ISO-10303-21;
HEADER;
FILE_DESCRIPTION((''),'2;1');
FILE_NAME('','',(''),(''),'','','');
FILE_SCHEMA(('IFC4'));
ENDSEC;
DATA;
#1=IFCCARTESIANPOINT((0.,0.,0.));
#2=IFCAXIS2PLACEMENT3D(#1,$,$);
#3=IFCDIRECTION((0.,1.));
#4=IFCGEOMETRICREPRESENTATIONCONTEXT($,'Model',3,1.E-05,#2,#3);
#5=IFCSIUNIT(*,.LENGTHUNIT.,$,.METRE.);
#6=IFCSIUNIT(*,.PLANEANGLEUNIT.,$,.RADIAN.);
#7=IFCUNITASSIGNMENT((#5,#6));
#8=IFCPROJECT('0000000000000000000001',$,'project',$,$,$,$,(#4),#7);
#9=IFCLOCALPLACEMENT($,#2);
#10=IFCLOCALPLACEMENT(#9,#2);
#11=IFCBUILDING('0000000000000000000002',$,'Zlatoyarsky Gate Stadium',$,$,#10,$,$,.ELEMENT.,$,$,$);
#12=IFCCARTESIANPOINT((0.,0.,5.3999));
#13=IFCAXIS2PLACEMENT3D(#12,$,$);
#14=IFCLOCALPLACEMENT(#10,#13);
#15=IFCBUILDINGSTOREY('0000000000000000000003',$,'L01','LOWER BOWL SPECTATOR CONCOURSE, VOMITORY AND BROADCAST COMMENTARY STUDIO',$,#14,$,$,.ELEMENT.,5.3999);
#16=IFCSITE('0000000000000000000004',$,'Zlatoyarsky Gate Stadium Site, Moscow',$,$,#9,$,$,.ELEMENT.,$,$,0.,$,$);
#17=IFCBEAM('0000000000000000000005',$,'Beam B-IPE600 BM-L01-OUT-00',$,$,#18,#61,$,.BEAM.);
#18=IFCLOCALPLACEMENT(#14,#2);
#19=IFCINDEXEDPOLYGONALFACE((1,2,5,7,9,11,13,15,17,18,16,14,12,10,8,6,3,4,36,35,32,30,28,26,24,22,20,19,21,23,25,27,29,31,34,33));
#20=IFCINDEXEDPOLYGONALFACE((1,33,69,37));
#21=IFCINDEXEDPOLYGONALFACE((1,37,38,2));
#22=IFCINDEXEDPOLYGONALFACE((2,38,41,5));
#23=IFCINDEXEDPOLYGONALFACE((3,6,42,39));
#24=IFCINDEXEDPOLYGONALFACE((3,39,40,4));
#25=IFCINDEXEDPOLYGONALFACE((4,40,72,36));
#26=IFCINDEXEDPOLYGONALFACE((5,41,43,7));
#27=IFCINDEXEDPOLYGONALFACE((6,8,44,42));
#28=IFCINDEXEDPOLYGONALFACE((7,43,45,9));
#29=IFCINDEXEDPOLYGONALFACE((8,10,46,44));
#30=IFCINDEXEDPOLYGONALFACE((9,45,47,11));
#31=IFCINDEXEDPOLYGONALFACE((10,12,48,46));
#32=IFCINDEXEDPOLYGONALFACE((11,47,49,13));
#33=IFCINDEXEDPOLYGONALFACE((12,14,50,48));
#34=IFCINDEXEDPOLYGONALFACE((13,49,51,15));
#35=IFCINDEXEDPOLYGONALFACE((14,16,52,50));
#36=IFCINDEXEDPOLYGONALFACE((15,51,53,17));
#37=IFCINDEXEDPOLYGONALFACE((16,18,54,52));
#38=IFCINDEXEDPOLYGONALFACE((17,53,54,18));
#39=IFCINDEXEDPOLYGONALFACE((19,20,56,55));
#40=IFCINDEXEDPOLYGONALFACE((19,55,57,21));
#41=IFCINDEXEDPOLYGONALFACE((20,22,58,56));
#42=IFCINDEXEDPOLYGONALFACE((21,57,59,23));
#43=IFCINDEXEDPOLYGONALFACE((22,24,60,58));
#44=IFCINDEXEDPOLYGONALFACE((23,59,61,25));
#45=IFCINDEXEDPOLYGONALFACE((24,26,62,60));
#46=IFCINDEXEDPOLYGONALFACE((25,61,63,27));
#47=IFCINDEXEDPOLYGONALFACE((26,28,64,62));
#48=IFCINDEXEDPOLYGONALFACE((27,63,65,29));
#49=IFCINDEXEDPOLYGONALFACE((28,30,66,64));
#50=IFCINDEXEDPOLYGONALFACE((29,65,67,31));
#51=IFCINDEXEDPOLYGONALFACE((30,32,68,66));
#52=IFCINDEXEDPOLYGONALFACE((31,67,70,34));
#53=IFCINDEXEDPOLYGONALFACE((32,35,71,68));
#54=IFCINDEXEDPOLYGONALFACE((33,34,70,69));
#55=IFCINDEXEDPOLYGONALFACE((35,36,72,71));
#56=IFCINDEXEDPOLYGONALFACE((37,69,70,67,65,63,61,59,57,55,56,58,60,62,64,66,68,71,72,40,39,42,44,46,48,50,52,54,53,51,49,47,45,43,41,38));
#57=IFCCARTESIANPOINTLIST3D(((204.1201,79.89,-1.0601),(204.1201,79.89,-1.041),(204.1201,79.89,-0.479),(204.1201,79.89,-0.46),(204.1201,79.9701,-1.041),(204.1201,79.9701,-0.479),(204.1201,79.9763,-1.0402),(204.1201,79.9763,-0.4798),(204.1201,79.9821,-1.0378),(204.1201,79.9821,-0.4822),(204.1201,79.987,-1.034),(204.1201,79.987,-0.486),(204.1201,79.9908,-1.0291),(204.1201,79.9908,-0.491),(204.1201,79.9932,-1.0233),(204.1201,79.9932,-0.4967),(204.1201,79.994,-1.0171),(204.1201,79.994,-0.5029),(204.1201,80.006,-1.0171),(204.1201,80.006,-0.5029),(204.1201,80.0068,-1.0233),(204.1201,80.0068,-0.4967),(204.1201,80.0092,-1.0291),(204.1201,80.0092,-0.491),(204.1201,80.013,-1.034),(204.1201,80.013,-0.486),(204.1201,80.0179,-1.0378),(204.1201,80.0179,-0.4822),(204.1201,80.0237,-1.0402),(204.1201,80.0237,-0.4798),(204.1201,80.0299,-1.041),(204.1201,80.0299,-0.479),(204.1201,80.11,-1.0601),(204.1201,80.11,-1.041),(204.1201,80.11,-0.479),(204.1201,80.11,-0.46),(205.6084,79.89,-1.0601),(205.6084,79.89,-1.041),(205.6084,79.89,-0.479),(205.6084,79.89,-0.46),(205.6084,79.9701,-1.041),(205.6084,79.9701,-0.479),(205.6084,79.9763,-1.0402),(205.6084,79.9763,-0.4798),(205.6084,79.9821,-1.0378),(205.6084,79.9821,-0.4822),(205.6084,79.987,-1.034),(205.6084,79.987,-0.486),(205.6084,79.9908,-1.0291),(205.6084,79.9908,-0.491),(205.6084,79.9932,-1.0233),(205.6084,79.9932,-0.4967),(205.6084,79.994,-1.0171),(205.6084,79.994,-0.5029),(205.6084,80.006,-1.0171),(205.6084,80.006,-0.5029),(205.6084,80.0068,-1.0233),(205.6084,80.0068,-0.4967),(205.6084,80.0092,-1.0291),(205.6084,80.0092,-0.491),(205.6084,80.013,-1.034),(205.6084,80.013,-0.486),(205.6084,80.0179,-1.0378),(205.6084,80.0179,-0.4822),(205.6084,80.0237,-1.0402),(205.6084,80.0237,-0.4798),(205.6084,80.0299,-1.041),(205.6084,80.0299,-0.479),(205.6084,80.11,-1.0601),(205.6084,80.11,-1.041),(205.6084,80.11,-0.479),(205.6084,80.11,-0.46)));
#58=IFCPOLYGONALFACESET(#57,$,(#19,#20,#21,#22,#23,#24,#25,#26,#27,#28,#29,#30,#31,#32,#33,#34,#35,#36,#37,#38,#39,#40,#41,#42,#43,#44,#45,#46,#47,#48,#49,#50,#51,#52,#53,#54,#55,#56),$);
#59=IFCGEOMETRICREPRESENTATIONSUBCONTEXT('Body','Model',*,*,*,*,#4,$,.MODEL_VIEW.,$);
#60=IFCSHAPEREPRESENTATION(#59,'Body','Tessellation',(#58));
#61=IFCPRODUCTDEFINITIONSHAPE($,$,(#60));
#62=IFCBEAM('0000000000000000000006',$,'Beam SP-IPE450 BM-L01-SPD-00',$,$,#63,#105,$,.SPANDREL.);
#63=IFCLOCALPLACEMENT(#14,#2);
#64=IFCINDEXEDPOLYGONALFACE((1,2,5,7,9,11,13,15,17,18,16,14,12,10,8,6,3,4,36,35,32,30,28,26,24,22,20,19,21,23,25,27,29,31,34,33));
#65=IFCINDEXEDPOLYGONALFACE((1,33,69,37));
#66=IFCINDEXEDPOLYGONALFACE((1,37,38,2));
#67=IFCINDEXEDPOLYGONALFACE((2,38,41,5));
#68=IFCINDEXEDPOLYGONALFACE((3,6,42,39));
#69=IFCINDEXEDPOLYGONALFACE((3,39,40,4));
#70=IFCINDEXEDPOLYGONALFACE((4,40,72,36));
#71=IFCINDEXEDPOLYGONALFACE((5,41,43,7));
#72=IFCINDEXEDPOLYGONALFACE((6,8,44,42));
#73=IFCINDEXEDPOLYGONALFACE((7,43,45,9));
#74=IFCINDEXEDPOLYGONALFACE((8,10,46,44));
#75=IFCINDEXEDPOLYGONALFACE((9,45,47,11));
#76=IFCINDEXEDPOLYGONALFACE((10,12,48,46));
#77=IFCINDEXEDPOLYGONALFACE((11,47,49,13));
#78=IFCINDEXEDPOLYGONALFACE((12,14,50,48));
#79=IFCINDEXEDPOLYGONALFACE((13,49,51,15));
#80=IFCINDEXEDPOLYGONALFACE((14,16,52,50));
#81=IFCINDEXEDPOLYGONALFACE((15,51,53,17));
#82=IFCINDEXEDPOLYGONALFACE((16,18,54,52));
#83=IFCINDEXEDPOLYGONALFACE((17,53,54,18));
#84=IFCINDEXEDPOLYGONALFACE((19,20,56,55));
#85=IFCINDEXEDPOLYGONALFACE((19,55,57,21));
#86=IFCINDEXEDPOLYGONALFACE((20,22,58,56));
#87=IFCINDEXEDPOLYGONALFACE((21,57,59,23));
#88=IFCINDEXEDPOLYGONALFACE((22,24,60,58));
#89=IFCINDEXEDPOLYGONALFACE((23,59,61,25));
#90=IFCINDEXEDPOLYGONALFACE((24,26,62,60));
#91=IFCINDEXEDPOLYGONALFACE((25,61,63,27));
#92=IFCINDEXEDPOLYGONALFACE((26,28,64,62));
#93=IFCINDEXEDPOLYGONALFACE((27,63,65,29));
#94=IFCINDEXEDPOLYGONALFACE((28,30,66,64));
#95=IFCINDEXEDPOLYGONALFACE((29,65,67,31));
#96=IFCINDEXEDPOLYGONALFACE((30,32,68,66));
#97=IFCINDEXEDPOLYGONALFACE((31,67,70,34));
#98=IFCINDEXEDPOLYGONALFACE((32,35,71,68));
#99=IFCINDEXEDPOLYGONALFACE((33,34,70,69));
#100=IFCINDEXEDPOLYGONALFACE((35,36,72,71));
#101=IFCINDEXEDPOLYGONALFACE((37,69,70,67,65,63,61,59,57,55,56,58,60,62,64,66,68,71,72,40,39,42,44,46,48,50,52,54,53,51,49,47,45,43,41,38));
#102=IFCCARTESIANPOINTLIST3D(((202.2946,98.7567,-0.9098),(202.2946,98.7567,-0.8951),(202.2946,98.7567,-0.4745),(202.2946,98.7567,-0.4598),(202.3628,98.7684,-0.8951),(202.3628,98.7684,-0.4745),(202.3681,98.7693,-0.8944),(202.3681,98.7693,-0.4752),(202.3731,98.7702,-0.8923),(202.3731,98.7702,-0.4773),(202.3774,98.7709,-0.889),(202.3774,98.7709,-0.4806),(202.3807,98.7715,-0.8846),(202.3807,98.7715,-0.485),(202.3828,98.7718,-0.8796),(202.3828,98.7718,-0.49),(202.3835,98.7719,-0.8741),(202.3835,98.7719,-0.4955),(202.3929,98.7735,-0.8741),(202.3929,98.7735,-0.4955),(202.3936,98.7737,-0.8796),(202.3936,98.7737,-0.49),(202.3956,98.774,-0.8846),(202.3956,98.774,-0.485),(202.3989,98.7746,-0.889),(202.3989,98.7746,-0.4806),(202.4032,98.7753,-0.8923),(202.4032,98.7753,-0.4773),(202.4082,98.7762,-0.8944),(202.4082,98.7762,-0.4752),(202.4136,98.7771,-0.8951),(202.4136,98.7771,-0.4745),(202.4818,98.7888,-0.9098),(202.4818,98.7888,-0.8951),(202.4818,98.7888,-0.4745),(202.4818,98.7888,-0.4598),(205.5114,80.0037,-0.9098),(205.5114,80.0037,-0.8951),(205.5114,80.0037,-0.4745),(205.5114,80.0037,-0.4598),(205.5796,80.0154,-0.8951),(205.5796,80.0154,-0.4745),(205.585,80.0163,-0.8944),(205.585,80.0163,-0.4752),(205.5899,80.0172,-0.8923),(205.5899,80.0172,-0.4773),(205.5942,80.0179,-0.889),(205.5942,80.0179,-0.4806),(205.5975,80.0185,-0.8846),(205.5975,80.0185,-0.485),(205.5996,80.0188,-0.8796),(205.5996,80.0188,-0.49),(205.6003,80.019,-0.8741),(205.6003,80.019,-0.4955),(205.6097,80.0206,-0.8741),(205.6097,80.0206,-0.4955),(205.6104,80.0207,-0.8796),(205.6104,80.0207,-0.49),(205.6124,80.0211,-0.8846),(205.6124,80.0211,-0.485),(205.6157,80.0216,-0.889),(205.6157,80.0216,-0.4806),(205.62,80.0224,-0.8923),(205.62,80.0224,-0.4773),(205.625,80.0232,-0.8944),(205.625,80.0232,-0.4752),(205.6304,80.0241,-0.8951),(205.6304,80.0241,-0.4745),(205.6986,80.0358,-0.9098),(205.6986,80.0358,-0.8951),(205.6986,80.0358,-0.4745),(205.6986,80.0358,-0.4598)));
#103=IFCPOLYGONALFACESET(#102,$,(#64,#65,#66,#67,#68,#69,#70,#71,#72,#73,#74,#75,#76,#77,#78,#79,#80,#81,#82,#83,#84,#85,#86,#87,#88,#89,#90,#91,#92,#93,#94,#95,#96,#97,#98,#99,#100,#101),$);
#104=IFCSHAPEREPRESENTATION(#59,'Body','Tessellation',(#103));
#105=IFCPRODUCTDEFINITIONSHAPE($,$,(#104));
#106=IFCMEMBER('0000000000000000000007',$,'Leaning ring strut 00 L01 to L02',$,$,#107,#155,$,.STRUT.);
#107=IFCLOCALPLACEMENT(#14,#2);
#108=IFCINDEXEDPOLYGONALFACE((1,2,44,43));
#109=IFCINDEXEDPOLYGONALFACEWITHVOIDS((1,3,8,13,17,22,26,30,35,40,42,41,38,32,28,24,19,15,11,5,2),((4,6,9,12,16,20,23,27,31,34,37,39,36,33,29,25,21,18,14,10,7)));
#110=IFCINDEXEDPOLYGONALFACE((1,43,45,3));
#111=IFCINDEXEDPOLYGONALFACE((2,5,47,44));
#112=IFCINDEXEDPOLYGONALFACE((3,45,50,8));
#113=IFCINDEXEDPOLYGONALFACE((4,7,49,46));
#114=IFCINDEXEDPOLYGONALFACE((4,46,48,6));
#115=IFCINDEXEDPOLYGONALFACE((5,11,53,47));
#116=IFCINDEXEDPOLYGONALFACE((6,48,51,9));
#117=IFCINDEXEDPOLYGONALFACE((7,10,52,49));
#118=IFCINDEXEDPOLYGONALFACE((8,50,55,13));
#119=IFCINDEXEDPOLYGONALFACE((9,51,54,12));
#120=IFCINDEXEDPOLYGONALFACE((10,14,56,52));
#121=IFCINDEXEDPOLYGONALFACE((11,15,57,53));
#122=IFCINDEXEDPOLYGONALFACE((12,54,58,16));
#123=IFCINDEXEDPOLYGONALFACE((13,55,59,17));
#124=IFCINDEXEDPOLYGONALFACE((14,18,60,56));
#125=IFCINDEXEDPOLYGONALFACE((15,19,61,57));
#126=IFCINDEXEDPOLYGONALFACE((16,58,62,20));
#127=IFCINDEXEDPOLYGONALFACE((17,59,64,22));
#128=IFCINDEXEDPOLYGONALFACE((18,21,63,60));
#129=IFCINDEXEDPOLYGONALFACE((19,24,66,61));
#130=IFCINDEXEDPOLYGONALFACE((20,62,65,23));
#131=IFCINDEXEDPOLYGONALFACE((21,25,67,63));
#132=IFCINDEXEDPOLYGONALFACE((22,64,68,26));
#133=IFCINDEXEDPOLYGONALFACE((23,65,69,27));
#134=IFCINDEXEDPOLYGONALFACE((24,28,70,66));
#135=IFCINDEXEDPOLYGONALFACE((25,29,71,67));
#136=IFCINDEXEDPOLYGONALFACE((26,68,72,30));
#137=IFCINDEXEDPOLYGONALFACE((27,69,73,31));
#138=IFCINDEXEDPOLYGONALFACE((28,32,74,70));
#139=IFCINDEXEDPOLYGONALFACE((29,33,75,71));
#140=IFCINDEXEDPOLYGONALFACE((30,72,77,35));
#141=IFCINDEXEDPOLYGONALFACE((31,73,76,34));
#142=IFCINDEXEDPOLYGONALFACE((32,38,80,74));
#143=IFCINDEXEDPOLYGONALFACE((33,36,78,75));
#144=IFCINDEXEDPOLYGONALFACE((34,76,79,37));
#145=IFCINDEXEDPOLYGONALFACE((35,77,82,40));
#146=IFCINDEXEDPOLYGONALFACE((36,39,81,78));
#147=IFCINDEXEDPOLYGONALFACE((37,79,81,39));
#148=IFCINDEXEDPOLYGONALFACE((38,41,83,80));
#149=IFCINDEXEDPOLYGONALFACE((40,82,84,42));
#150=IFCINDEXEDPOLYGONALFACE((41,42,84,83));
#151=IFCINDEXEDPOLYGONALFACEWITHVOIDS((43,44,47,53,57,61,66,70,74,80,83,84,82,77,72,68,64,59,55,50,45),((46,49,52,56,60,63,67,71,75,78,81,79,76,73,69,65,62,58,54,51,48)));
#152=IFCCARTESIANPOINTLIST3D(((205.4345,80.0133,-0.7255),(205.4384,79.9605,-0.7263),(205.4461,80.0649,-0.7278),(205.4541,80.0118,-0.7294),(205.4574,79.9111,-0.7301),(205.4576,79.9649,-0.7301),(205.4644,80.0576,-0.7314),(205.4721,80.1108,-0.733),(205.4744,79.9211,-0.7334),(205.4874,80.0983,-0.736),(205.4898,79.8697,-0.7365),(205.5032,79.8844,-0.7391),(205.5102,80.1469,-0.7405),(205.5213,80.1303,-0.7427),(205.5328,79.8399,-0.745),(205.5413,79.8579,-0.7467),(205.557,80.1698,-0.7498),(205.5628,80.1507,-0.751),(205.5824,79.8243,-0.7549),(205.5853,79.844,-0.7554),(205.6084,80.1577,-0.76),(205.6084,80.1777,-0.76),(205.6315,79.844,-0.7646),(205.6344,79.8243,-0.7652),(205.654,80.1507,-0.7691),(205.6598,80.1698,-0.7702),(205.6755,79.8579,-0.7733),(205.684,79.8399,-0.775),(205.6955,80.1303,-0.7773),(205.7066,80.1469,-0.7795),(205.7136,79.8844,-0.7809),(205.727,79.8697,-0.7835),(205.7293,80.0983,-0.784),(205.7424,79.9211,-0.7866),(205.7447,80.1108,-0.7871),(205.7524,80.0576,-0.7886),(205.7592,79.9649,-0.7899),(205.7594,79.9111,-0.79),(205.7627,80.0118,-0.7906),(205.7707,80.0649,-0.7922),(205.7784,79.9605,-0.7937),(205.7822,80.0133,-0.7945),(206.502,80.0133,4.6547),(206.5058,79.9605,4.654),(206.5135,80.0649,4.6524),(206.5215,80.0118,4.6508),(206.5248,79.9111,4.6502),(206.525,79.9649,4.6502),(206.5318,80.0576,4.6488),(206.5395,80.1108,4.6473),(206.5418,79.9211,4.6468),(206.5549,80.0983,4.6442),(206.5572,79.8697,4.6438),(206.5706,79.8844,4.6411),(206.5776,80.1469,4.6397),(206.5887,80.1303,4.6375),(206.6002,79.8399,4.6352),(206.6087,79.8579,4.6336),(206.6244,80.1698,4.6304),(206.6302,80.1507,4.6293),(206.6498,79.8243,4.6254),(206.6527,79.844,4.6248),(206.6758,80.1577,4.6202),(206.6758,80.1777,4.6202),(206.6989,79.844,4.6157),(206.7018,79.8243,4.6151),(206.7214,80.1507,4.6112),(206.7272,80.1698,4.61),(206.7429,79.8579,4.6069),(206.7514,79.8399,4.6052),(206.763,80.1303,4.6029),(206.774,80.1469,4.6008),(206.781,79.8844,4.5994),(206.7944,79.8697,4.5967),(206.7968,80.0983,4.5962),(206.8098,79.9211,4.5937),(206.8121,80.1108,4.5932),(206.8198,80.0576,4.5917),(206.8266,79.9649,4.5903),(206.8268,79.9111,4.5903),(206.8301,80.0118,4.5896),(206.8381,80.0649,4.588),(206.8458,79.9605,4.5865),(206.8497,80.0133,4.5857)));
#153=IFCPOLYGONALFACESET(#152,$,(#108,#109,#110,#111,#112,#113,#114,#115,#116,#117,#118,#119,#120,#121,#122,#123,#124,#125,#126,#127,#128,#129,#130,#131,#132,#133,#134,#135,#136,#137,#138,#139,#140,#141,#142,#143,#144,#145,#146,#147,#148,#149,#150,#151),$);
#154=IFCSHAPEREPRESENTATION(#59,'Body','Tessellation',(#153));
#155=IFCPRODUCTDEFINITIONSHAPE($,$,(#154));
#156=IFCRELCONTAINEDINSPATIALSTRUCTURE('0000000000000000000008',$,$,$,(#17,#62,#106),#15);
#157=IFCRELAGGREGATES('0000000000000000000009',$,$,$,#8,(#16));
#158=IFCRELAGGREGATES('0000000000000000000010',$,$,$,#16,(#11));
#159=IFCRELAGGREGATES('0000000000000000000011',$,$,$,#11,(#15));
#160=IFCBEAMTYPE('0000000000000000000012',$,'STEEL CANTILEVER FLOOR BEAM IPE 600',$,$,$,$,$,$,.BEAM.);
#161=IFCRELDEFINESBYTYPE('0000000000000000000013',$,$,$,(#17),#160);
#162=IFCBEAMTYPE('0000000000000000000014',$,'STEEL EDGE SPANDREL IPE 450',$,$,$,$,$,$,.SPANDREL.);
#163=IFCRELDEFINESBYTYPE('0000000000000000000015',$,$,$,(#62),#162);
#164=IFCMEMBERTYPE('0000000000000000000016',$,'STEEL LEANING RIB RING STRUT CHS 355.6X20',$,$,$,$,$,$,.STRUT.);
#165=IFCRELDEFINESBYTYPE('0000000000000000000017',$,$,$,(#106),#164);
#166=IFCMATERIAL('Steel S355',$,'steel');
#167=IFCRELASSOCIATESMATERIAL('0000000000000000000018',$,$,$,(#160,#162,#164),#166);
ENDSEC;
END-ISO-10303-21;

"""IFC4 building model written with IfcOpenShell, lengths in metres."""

from ifc_helpers import new_model, si_unit, direction, frame, origin, origin_2d, place, context, subcontext, project, spatial, hollow_circle, i_section, extrude, material, material_profile, profile_set, type_object, element, save


model = new_model("IFC4")

# Units and contexts
model_context = context("Model", 3, precision=1e-05, world=origin(), true_north=direction((0.0, 1.0)))
body_context = subcontext(model_context, "Body", "Model", "MODEL_VIEW")
ifc_project = project(units=[si_unit("LENGTHUNIT", "METRE"), si_unit("PLANEANGLEUNIT", "RADIAN")], contexts=[model_context])

# Site, building, storey
site_placement = place(None, origin())
site = spatial("IfcSite", under=ifc_project, at=site_placement, Name="Zlatoyarsky Gate Stadium Site, Moscow", CompositionType="ELEMENT", RefElevation=0.0)
building_placement = place(site_placement, origin())
building = spatial("IfcBuilding", under=site, at=building_placement, Name="Zlatoyarsky Gate Stadium", CompositionType="ELEMENT")
storey_placement = place(building_placement, frame((0.0, 0.0, 5.3999)))
storey = spatial("IfcBuildingStorey", under=building, at=storey_placement, Name="L01", Description="LOWER BOWL SPECTATOR CONCOURSE, VOMITORY AND BROADCAST COMMENTARY STUDIO", CompositionType="ELEMENT", Elevation=5.3999)

# Shared definitions
ifc_material_1 = material(Name="Steel S355", Category="steel")

# Beams
ifc_material_profile_1 = material_profile(ifc_material_1, i_section(OverallWidth=0.22, OverallDepth=0.6001, WebThickness=0.012, FlangeThickness=0.019, FilletRadius=0.0239, at=origin_2d()), Name="IPE 600")
ifc_profile_set_1 = profile_set([ifc_material_profile_1], Name="Steel S355")
beam_type_1 = type_object("IfcBeamType", Name="STEEL CANTILEVER FLOOR BEAM IPE 600", PredefinedType="BEAM", material=ifc_profile_set_1)
beam_1_placement = place(storey_placement, frame((204.1201, 80.0, -0.76), z_axis=(1.0, 0.0, 0.0), x_axis=(0.0, 1.0, 0.0)))
element("IfcBeam", 1, at=beam_1_placement, inside=storey, type_object=beam_type_1, Name="Beam B-IPE600 BM-L01-OUT-00", PredefinedType="BEAM", context=body_context, shape_type="SweptSolid", body=[
    extrude(i_section(OverallWidth=0.22, OverallDepth=0.6001, WebThickness=0.012, FlangeThickness=0.019, FilletRadius=0.0239, at=origin_2d()), origin(), (0.0, 0.0, 1.0), 1.4883),
])
ifc_material_profile_2 = material_profile(ifc_material_1, i_section(OverallWidth=0.1899, OverallDepth=0.45, WebThickness=0.0095, FlangeThickness=0.0146, FilletRadius=0.021, at=origin_2d()), Name="IPE 450")
ifc_profile_set_2 = profile_set([ifc_material_profile_2], Name="Steel S355")
beam_type_2 = type_object("IfcBeamType", Name="STEEL EDGE SPANDREL IPE 450", PredefinedType="SPANDREL", material=ifc_profile_set_2)
beam_2_placement = place(storey_placement, frame((205.605, 80.0198, -0.6848), z_axis=(-0.169066, 0.985605, 0.0), x_axis=(-0.985605, -0.169066, 0.0)))
element("IfcBeam", 2, at=beam_2_placement, inside=storey, type_object=beam_type_2, Name="Beam SP-IPE450 BM-L01-SPD-00", PredefinedType="SPANDREL", context=body_context, shape_type="SweptSolid", body=[
    extrude(i_section(OverallWidth=0.1899, OverallDepth=0.45, WebThickness=0.0095, FlangeThickness=0.0146, FilletRadius=0.021, at=origin_2d()), origin(), (0.0, 0.0, 1.0), 19.0269),
])

# Member
ifc_material_profile_3 = material_profile(ifc_material_1, hollow_circle(Radius=0.1777, WallThickness=0.02, at=origin_2d()), Name="CHS 355.6X20")
ifc_profile_set_3 = profile_set([ifc_material_profile_3], Name="Steel S355")
member_type_1 = type_object("IfcMemberType", Name="STEEL LEANING RIB RING STRUT CHS 355.6X20", PredefinedType="STRUT", material=ifc_profile_set_3)
member_1_placement = place(storey_placement, frame((205.6084, 80.0, -0.76), z_axis=(0.194601, 0.0, 0.980883), x_axis=(0.0, 1.0, 0.0)))
element("IfcMember", 3, at=member_1_placement, inside=storey, type_object=member_type_1, Name="Leaning ring strut 00 L01 to L02", PredefinedType="STRUT", context=body_context, shape_type="SweptSolid", body=[
    extrude(hollow_circle(Radius=0.1777, WallThickness=0.02, at=origin_2d()), origin(), (0.0, 0.0, 1.0), 5.4851),
])

save(model, "model.ifc")
